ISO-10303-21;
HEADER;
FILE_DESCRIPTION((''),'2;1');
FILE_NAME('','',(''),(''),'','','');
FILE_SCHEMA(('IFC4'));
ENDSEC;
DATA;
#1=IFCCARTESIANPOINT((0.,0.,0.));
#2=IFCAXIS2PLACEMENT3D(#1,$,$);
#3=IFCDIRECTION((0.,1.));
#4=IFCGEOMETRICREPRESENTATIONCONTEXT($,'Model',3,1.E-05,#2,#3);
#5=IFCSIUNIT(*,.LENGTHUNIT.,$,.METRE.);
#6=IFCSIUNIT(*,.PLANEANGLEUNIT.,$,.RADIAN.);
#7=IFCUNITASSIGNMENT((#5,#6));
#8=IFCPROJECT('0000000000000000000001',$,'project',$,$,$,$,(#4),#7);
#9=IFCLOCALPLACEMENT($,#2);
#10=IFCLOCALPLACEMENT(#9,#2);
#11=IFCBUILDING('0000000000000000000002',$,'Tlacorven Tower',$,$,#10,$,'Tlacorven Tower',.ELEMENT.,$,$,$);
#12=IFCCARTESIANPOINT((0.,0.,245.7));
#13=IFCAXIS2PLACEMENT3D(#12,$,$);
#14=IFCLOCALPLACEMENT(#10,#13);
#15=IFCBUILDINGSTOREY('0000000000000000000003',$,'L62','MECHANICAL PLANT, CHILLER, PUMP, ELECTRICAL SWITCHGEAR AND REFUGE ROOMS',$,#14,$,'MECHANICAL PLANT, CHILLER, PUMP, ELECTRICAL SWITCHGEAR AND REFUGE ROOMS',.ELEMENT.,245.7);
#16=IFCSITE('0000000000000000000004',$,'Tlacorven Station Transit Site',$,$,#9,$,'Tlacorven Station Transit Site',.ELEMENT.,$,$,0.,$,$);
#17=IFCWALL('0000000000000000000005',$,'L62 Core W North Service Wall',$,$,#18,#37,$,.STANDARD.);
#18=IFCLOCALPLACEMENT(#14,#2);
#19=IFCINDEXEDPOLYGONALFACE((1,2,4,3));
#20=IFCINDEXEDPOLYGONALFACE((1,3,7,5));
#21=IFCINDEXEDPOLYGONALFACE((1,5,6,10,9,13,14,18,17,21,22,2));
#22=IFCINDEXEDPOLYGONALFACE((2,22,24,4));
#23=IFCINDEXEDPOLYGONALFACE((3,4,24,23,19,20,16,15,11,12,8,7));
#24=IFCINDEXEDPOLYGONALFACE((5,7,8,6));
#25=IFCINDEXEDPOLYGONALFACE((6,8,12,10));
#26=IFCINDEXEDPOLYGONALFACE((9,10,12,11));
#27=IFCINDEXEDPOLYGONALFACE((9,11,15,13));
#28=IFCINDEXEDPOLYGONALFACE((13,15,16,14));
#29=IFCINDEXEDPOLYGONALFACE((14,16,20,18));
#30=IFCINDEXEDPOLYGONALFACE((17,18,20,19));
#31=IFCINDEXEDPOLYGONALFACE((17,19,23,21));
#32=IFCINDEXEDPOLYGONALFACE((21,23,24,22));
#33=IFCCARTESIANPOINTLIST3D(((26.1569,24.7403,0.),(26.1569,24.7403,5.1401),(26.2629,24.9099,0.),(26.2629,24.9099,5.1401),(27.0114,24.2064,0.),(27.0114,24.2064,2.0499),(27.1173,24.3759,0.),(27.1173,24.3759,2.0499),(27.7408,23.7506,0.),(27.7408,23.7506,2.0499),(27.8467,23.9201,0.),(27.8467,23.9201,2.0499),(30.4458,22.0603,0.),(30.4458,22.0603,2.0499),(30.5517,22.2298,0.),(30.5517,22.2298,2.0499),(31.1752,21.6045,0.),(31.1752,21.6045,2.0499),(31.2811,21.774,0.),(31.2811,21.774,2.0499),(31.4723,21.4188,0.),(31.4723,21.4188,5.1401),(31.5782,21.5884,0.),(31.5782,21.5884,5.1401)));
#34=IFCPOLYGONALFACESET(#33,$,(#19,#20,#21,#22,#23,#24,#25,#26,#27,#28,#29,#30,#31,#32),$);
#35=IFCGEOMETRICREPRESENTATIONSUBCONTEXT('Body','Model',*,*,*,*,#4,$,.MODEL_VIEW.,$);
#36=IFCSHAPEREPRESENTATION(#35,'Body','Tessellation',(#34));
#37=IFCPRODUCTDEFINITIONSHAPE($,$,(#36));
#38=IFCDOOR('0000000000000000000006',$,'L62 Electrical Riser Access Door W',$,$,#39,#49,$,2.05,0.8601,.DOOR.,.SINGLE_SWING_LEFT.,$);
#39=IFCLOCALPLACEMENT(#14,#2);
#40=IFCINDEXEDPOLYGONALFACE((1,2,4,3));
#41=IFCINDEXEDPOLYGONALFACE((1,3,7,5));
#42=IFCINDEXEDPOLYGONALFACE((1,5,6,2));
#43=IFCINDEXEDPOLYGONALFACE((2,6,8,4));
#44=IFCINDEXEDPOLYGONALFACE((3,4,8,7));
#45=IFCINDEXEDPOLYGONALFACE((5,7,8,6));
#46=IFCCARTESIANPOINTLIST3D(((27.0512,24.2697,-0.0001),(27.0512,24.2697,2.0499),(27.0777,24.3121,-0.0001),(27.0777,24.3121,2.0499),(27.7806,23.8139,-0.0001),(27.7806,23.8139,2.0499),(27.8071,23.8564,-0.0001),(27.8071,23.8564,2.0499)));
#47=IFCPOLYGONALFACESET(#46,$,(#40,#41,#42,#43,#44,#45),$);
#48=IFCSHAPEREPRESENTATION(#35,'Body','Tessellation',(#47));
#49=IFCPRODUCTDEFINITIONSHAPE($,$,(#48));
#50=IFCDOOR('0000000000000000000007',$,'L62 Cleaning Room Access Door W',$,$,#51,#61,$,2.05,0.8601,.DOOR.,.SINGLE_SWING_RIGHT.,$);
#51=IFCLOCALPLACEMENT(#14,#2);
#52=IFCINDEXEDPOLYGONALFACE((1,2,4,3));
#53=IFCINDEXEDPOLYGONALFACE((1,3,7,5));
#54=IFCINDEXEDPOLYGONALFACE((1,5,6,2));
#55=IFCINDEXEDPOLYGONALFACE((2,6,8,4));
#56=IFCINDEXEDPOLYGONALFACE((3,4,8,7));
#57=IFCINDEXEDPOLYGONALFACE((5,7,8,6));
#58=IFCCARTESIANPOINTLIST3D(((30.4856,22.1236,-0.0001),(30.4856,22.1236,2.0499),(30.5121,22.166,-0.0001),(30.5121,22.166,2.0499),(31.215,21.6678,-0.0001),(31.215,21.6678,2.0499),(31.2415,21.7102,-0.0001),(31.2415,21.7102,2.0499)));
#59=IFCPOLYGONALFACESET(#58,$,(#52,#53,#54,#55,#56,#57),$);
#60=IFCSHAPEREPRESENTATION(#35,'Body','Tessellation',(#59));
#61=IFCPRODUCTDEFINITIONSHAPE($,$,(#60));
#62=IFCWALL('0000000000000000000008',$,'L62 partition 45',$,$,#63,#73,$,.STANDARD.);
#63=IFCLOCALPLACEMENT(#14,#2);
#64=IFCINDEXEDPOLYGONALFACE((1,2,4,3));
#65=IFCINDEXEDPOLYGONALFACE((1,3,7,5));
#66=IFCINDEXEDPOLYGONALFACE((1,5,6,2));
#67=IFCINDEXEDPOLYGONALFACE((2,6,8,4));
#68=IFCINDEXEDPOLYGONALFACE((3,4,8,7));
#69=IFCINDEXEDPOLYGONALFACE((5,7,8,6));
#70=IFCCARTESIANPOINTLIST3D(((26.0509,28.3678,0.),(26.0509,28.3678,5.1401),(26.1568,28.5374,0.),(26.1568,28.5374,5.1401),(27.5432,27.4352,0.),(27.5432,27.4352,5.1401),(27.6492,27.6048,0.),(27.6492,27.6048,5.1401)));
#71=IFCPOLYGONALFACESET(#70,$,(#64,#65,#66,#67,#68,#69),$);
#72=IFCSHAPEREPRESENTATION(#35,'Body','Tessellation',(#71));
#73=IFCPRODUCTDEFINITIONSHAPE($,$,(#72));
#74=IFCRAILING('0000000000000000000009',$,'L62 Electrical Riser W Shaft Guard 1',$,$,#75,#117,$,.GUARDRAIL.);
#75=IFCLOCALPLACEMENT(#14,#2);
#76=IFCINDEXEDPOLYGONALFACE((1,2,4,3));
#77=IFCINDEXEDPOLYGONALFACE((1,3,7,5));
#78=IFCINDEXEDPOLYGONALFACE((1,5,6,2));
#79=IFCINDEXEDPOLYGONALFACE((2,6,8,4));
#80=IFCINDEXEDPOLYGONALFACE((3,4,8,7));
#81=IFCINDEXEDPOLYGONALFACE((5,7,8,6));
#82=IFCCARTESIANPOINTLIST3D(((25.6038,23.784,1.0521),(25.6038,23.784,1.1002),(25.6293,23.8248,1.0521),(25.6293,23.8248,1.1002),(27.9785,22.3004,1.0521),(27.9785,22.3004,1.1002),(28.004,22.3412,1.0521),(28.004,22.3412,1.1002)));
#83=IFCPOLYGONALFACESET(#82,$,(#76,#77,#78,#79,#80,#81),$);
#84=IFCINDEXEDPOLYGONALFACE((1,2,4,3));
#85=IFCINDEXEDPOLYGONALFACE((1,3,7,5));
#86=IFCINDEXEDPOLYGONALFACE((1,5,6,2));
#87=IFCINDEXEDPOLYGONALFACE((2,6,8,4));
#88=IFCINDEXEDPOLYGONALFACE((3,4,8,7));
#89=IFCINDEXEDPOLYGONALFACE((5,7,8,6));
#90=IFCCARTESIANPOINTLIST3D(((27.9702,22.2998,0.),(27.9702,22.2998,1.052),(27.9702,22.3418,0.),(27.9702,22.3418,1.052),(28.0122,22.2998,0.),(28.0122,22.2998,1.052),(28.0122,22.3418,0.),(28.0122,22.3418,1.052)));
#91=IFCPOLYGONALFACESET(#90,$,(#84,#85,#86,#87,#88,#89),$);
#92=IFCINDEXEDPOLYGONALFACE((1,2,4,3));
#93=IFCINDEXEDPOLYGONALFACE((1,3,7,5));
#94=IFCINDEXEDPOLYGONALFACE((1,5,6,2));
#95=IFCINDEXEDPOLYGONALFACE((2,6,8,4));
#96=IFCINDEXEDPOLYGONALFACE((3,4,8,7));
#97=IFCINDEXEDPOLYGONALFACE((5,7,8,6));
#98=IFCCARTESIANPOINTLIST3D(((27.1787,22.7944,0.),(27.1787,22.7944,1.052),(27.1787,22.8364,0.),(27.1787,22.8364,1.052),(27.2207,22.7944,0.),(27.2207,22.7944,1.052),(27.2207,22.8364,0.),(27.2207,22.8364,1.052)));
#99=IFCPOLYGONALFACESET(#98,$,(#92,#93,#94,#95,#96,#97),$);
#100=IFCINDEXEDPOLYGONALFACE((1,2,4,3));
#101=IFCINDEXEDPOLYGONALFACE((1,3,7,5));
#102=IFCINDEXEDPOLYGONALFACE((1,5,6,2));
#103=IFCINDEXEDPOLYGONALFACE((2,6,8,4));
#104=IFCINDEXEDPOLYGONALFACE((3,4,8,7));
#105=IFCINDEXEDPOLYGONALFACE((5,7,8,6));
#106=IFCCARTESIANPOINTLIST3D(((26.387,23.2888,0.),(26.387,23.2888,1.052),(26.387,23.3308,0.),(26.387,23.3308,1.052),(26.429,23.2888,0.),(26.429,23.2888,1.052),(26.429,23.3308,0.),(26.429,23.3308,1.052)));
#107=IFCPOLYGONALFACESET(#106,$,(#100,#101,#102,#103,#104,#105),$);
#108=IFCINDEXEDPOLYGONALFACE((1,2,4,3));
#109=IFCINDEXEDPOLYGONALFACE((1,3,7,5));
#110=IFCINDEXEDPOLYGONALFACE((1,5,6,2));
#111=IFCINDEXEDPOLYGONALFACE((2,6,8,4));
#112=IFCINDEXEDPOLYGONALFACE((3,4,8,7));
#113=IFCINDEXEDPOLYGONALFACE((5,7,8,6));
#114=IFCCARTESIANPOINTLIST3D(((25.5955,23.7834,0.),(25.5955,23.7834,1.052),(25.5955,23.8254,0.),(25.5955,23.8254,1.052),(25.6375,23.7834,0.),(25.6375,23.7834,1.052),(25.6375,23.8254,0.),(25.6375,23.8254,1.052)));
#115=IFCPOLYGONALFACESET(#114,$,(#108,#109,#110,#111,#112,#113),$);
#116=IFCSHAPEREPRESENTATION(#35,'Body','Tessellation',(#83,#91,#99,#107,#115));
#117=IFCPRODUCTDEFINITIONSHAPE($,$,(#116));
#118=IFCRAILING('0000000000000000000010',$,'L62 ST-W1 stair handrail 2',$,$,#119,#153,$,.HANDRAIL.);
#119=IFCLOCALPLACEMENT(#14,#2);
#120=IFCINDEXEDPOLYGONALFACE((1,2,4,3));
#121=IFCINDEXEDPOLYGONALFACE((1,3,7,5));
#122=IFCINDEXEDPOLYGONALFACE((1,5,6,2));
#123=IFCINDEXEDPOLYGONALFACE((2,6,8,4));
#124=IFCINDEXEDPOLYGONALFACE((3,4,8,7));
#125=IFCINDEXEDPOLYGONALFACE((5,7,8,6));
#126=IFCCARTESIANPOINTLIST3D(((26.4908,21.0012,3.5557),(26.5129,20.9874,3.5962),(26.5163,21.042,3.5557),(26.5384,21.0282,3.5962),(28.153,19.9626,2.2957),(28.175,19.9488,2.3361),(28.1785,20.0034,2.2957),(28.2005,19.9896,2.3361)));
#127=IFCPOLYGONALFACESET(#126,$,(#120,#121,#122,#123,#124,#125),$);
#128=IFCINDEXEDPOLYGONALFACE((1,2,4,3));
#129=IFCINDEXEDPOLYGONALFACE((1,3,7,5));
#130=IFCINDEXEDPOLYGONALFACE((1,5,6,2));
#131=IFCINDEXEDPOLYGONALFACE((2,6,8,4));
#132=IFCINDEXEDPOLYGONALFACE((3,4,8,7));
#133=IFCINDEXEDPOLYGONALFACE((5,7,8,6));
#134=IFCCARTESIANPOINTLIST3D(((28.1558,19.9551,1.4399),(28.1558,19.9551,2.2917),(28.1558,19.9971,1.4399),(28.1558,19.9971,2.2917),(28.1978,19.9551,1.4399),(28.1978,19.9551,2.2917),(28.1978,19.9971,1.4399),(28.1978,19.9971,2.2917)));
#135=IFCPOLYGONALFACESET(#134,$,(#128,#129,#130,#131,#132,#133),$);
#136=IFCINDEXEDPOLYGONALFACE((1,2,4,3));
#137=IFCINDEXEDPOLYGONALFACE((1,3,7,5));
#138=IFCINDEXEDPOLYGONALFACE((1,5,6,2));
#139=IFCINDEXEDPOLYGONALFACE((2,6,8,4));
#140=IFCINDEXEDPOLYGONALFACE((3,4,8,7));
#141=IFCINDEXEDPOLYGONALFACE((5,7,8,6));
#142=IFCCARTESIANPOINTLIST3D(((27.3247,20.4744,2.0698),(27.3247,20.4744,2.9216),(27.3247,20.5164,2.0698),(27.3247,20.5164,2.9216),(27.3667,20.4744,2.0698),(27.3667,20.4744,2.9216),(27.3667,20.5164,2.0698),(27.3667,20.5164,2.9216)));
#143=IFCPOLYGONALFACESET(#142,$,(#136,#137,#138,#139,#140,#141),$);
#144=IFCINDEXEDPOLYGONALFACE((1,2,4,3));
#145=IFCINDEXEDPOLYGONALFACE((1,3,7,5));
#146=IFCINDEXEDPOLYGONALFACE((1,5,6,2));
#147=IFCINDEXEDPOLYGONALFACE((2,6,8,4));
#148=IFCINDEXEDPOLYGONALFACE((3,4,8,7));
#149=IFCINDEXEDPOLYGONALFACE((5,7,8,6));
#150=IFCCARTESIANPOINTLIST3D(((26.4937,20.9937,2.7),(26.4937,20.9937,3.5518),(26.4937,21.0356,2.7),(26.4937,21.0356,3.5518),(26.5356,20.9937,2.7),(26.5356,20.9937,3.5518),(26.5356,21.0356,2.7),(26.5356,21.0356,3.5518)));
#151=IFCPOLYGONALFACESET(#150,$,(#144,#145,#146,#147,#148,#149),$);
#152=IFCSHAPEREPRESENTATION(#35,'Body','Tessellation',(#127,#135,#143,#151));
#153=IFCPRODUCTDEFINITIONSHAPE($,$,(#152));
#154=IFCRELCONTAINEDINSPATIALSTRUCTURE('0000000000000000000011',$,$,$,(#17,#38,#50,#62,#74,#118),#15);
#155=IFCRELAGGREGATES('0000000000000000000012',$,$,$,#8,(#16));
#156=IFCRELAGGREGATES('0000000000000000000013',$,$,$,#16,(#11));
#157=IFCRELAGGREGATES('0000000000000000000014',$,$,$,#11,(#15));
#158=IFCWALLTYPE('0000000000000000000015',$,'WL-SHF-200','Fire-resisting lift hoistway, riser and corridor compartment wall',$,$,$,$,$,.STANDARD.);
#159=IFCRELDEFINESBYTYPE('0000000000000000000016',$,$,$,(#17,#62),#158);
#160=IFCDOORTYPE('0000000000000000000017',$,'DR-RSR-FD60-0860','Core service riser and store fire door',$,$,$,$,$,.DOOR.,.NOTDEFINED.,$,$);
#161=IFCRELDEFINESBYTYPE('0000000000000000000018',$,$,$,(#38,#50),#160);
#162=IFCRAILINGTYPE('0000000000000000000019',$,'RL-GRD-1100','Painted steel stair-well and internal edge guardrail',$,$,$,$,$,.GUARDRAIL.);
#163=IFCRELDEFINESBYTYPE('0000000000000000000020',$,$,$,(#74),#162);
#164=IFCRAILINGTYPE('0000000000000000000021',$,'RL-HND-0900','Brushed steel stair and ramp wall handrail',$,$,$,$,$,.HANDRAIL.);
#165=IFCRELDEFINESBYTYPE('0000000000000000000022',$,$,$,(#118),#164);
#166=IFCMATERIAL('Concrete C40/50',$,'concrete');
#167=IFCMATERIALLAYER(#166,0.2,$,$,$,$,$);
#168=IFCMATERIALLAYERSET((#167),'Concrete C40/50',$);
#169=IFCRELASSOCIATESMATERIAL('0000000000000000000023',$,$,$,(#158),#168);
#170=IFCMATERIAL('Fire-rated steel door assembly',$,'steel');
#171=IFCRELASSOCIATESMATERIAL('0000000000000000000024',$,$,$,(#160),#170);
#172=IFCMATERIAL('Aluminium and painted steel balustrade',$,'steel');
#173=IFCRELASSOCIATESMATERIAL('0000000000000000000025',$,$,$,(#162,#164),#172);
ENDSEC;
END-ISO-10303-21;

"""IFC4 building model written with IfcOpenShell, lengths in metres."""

from ifc_helpers import new_model, si_unit, direction, frame, frame_2d, origin, origin_2d, place, context, subcontext, project, spatial, rectangle, extrude, source, transform, mapped, material, layer, layer_set, type_object, element, fill, save


model = new_model("IFC4")

# Units and contexts
model_context = context("Model", 3, precision=1e-05, world=origin(), true_north=direction((0.0, 1.0)))
body_context = subcontext(model_context, "Body", "Model", "MODEL_VIEW")
ifc_project = project(units=[si_unit("LENGTHUNIT", "METRE"), si_unit("PLANEANGLEUNIT", "RADIAN")], contexts=[model_context])

# Site, building, storey
site_placement = place(None, origin())
site = spatial("IfcSite", under=ifc_project, at=site_placement, Name="Tlacorven Station Transit Site", LongName="Tlacorven Station Transit Site", CompositionType="ELEMENT", RefElevation=0.0)
building_placement = place(site_placement, origin())
building = spatial("IfcBuilding", under=site, at=building_placement, Name="Tlacorven Tower", LongName="Tlacorven Tower", CompositionType="ELEMENT")
storey_placement = place(building_placement, frame((0.0, 0.0, 245.7)))
storey = spatial("IfcBuildingStorey", under=building, at=storey_placement, Name="L62", Description="MECHANICAL PLANT, CHILLER, PUMP, ELECTRICAL SWITCHGEAR AND REFUGE ROOMS", LongName="MECHANICAL PLANT, CHILLER, PUMP, ELECTRICAL SWITCHGEAR AND REFUGE ROOMS", CompositionType="ELEMENT", Elevation=245.7)

# Shared definitions
ifc_material_1 = material(Name="Concrete C40/50", Category="concrete")
ifc_layer_1 = layer(ifc_material_1, 0.2)
ifc_layer_set_1 = layer_set([ifc_layer_1], Name="Concrete C40/50")
wall_type_1 = type_object("IfcWallType", Name="WL-SHF-200", Description="Fire-resisting lift hoistway, riser and corridor compartment wall", PredefinedType="STANDARD", material=ifc_layer_set_1)
ifc_material_2 = material(Name="Fire-rated steel door assembly", Category="steel")

# Wall, openings, doors
wall_1_placement = place(storey_placement, frame((31.5251, 21.5037, 0.0), z_axis=(0.0, 0.0, 1.0), x_axis=(-0.848042, 0.529929, 0.0)))
wall_1 = element("IfcWall", 1, at=wall_1_placement, inside=storey, type_object=wall_type_1, Name="L62 Core W North Service Wall", PredefinedType="STANDARD", context=body_context, shape_type="SweptSolid", body=[
    extrude(rectangle(XDim=6.2678, YDim=0.2, at=frame_2d((3.1338, 0.0))), origin(), (0.0, 0.0, 1.0), 5.1401),
])
opening_1_placement = place(wall_1_placement, frame((4.3999, 0.0, 0.0)))
opening_1 = element("IfcOpeningElement", 2, at=opening_1_placement, cuts=wall_1, PredefinedType="OPENING", context=body_context, shape_type="SweptSolid", body=[
    extrude(rectangle(XDim=0.8601, YDim=2.05, at=frame_2d((0.4302, 1.0249))), frame((0.0, 0.1099, 0.0), z_axis=(0.0, -1.0, 0.0), x_axis=(1.0, 0.0, 0.0)), (0.0, 0.0, 1.0), 0.22),
])
opening_2_placement = place(wall_1_placement, frame((0.3501, 0.0, 0.0)))
opening_2 = element("IfcOpeningElement", 3, at=opening_2_placement, cuts=wall_1, PredefinedType="OPENING", context=body_context, shape_type="SweptSolid", body=[
    extrude(rectangle(XDim=0.8601, YDim=2.05, at=frame_2d((0.4302, 1.0249))), frame((0.0, 0.1099, 0.0), z_axis=(0.0, -1.0, 0.0), x_axis=(1.0, 0.0, 0.0)), (0.0, 0.0, 1.0), 0.22),
])
door_type_1 = type_object("IfcDoorType", Name="DR-RSR-FD60-0860", Description="Core service riser and store fire door", OperationType="NOTDEFINED", PredefinedType="DOOR", material=ifc_material_2)
shared_shape_1 = source(origin(), body_context, "Body", "SweptSolid", [
    extrude(rectangle(XDim=0.8601, YDim=2.05, at=frame_2d((0.4302, 1.0249))), frame((0.0, 0.0249, 0.0), z_axis=(0.0, -1.0, 0.0), x_axis=(1.0, 0.0, 0.0)), (0.0, 0.0, 1.0), 0.05),
])
door_1_placement = place(opening_1_placement, frame((0.8601, 0.0, 0.0), z_axis=(0.0, 0.0, 1.0), x_axis=(-1.0, 0.0, 0.0)))
door_1 = element("IfcDoor", 4, at=door_1_placement, inside=storey, type_object=door_type_1, Name="L62 Electrical Riser Access Door W", OperationType="SINGLE_SWING_LEFT", OverallHeight=2.05, OverallWidth=0.8601, PredefinedType="DOOR", context=body_context, shape_type="MappedRepresentation", body=[
    mapped(shared_shape_1, transform((0.0, 0.0, 0.0), scale=1.0)),
])
fill(opening_1, door_1)
door_2_placement = place(opening_2_placement, frame((0.8601, 0.0, 0.0), z_axis=(0.0, 0.0, 1.0), x_axis=(-1.0, 0.0, 0.0)))
door_2 = element("IfcDoor", 5, at=door_2_placement, inside=storey, type_object=door_type_1, Name="L62 Cleaning Room Access Door W", OperationType="SINGLE_SWING_RIGHT", OverallHeight=2.05, OverallWidth=0.8601, PredefinedType="DOOR", context=body_context, shape_type="MappedRepresentation", body=[
    mapped(shared_shape_1, transform((0.0, 0.0, 0.0), scale=1.0)),
])
fill(opening_2, door_2)

# Wall
wall_2_placement = place(storey_placement, frame((27.5962, 27.52, 0.0), z_axis=(0.0, 0.0, 1.0), x_axis=(-0.848037, 0.529937, 0.0)))
element("IfcWall", 6, at=wall_2_placement, inside=storey, type_object=wall_type_1, Name="L62 partition 45", PredefinedType="STANDARD", context=body_context, shape_type="SweptSolid", body=[
    extrude(rectangle(XDim=1.7598, YDim=0.2, at=frame_2d((0.8799, 0.0))), origin(), (0.0, 0.0, 1.0), 5.1401),
])

# Railings
ifc_material_3 = material(Name="Aluminium and painted steel balustrade", Category="steel")
railing_type_1 = type_object("IfcRailingType", Name="RL-GRD-1100", Description="Painted steel stair-well and internal edge guardrail", PredefinedType="GUARDRAIL", material=ifc_material_3)
shared_shape_2 = source(origin(), body_context, "Body", "SweptSolid", [
    extrude(rectangle(XDim=0.0481, YDim=0.0481, at=origin_2d()), frame((0.0, 0.0, 1.0762), z_axis=(-0.848091, 0.52985, 0.0), x_axis=(-0.52985, -0.848091, 0.0)), (0.0, 0.0, 1.0), 2.8),
    extrude(rectangle(XDim=0.042, YDim=0.042, at=origin_2d()), origin(), (0.0, 0.0, 1.0), 1.052),
    extrude(rectangle(XDim=0.042, YDim=0.042, at=origin_2d()), frame((-0.7915, 0.4946, 0.0)), (0.0, 0.0, 1.0), 1.052),
    extrude(rectangle(XDim=0.042, YDim=0.042, at=origin_2d()), frame((-1.5833, 0.989, 0.0)), (0.0, 0.0, 1.0), 1.052),
    extrude(rectangle(XDim=0.042, YDim=0.042, at=origin_2d()), frame((-2.3748, 1.4836, 0.0)), (0.0, 0.0, 1.0), 1.052),
])
railing_1_placement = place(storey_placement, frame((27.9912, 22.3208, 0.0)))
element("IfcRailing", 7, at=railing_1_placement, inside=storey, type_object=railing_type_1, Name="L62 Electrical Riser W Shaft Guard 1", PredefinedType="GUARDRAIL", context=body_context, shape_type="MappedRepresentation", body=[
    mapped(shared_shape_2, transform((0.0, 0.0, 0.0), scale=1.0)),
])
railing_type_2 = type_object("IfcRailingType", Name="RL-HND-0900", Description="Brushed steel stair and ramp wall handrail", PredefinedType="HANDRAIL", material=ifc_material_3)
shared_shape_3 = source(origin(), body_context, "Body", "SweptSolid", [
    extrude(rectangle(XDim=0.0481, YDim=0.0481, at=origin_2d()), frame((0.0, 0.0, 0.876), z_axis=(-0.713354, 0.445741, 0.540778), x_axis=(-0.529909, -0.848054, 0.0)), (0.0, 0.0, 1.0), 2.3301),
    extrude(rectangle(XDim=0.042, YDim=0.042, at=origin_2d()), origin(), (0.0, 0.0, 1.0), 0.8518),
    extrude(rectangle(XDim=0.042, YDim=0.042, at=origin_2d()), frame((-0.8311, 0.5193, 0.6299)), (0.0, 0.0, 1.0), 0.8518),
    extrude(rectangle(XDim=0.042, YDim=0.042, at=origin_2d()), frame((-1.6621, 1.0386, 1.26)), (0.0, 0.0, 1.0), 0.8518),
])
railing_2_placement = place(storey_placement, frame((28.1768, 19.9761, 1.4399)))
element("IfcRailing", 8, at=railing_2_placement, inside=storey, type_object=railing_type_2, Name="L62 ST-W1 stair handrail 2", PredefinedType="HANDRAIL", context=body_context, shape_type="MappedRepresentation", body=[
    mapped(shared_shape_3, transform((0.0, 0.0, 0.0), scale=1.0)),
])

save(model, "model.ifc")
